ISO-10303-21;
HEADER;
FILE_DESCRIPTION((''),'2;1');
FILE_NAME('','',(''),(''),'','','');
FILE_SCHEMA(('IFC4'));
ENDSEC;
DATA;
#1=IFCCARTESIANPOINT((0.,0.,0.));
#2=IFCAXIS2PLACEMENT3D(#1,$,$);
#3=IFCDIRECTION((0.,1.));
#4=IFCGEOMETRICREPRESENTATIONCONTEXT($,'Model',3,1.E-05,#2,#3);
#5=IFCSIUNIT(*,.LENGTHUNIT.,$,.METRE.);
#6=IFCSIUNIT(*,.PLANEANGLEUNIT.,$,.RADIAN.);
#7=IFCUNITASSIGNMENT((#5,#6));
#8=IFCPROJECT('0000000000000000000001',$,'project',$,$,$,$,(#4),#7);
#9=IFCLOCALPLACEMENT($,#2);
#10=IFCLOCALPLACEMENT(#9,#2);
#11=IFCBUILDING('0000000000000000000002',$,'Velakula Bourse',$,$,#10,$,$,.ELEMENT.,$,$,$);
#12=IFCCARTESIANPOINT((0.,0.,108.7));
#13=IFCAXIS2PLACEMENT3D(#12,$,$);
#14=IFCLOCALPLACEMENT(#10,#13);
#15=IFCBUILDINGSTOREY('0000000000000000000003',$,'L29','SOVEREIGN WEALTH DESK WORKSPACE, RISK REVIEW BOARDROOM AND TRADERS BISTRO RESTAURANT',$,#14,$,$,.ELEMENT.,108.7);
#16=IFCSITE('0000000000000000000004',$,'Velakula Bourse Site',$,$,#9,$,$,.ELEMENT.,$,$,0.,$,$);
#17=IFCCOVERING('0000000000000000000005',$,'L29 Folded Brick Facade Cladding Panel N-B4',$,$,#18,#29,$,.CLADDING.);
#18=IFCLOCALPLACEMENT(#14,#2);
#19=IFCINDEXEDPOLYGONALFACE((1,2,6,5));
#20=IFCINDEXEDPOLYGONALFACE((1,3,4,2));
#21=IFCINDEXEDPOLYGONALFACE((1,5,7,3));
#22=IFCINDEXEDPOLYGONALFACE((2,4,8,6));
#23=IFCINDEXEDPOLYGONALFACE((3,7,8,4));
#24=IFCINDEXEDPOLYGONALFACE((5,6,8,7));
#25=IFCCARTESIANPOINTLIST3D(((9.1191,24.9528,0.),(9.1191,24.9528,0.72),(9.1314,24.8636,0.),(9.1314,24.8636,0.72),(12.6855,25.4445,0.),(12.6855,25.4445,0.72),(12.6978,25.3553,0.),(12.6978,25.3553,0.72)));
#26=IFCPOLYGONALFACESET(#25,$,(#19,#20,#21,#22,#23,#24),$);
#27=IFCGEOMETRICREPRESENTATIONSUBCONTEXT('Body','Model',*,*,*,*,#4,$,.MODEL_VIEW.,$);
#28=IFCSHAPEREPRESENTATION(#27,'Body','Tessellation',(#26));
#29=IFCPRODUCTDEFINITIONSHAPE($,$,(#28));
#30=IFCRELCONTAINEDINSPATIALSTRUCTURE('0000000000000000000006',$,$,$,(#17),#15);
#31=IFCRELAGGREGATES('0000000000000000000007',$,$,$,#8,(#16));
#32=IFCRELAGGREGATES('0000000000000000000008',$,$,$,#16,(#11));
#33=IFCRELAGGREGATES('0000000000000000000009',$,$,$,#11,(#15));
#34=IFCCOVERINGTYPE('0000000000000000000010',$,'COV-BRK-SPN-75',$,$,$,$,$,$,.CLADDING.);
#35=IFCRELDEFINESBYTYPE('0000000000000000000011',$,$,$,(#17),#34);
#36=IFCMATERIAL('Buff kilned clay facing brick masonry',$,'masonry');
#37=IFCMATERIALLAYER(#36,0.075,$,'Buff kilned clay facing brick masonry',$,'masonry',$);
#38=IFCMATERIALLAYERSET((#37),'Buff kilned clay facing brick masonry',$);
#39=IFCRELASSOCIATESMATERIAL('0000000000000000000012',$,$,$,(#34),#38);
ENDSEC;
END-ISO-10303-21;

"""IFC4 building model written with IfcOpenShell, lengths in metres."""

from ifc_helpers import new_model, si_unit, direction, frame, origin, origin_2d, place, context, subcontext, project, spatial, rectangle, extrude, material, layer, layer_set, type_object, element, save


model = new_model("IFC4")

# Units and contexts
model_context = context("Model", 3, precision=1e-05, world=origin(), true_north=direction((0.0, 1.0)))
body_context = subcontext(model_context, "Body", "Model", "MODEL_VIEW")
ifc_project = project(units=[si_unit("LENGTHUNIT", "METRE"), si_unit("PLANEANGLEUNIT", "RADIAN")], contexts=[model_context])

# Site, building, storey
site_placement = place(None, origin())
site = spatial("IfcSite", under=ifc_project, at=site_placement, Name="Velakula Bourse Site", CompositionType="ELEMENT", RefElevation=0.0)
building_placement = place(site_placement, origin())
building = spatial("IfcBuilding", under=site, at=building_placement, Name="Velakula Bourse", CompositionType="ELEMENT")
storey_placement = place(building_placement, frame((0.0, 0.0, 108.7)))
storey = spatial("IfcBuildingStorey", under=building, at=storey_placement, Name="L29", Description="SOVEREIGN WEALTH DESK WORKSPACE, RISK REVIEW BOARDROOM AND TRADERS BISTRO RESTAURANT", CompositionType="ELEMENT", Elevation=108.7)

# Covering
ifc_material_1 = material(Name="Buff kilned clay facing brick masonry", Category="masonry")
ifc_layer_1 = layer(ifc_material_1, 0.075, Name="Buff kilned clay facing brick masonry", Category="masonry")
ifc_layer_set_1 = layer_set([ifc_layer_1], Name="Buff kilned clay facing brick masonry")
covering_type = type_object("IfcCoveringType", Name="COV-BRK-SPN-75", PredefinedType="CLADDING", material=ifc_layer_set_1)
covering_placement = place(storey_placement, frame((10.9084, 25.1541, 0.0), z_axis=(0.0, 0.0, 1.0), x_axis=(0.990629, 0.13658, 0.0)))
element("IfcCovering", 1, at=covering_placement, inside=storey, type_object=covering_type, Name="L29 Folded Brick Facade Cladding Panel N-B4", PredefinedType="CLADDING", context=body_context, shape_type="SweptSolid", body=[
    extrude(rectangle(XDim=3.6001, YDim=0.0901, at=origin_2d()), origin(), (0.0, 0.0, 1.0), 0.72),
])

save(model, "model.ifc")
